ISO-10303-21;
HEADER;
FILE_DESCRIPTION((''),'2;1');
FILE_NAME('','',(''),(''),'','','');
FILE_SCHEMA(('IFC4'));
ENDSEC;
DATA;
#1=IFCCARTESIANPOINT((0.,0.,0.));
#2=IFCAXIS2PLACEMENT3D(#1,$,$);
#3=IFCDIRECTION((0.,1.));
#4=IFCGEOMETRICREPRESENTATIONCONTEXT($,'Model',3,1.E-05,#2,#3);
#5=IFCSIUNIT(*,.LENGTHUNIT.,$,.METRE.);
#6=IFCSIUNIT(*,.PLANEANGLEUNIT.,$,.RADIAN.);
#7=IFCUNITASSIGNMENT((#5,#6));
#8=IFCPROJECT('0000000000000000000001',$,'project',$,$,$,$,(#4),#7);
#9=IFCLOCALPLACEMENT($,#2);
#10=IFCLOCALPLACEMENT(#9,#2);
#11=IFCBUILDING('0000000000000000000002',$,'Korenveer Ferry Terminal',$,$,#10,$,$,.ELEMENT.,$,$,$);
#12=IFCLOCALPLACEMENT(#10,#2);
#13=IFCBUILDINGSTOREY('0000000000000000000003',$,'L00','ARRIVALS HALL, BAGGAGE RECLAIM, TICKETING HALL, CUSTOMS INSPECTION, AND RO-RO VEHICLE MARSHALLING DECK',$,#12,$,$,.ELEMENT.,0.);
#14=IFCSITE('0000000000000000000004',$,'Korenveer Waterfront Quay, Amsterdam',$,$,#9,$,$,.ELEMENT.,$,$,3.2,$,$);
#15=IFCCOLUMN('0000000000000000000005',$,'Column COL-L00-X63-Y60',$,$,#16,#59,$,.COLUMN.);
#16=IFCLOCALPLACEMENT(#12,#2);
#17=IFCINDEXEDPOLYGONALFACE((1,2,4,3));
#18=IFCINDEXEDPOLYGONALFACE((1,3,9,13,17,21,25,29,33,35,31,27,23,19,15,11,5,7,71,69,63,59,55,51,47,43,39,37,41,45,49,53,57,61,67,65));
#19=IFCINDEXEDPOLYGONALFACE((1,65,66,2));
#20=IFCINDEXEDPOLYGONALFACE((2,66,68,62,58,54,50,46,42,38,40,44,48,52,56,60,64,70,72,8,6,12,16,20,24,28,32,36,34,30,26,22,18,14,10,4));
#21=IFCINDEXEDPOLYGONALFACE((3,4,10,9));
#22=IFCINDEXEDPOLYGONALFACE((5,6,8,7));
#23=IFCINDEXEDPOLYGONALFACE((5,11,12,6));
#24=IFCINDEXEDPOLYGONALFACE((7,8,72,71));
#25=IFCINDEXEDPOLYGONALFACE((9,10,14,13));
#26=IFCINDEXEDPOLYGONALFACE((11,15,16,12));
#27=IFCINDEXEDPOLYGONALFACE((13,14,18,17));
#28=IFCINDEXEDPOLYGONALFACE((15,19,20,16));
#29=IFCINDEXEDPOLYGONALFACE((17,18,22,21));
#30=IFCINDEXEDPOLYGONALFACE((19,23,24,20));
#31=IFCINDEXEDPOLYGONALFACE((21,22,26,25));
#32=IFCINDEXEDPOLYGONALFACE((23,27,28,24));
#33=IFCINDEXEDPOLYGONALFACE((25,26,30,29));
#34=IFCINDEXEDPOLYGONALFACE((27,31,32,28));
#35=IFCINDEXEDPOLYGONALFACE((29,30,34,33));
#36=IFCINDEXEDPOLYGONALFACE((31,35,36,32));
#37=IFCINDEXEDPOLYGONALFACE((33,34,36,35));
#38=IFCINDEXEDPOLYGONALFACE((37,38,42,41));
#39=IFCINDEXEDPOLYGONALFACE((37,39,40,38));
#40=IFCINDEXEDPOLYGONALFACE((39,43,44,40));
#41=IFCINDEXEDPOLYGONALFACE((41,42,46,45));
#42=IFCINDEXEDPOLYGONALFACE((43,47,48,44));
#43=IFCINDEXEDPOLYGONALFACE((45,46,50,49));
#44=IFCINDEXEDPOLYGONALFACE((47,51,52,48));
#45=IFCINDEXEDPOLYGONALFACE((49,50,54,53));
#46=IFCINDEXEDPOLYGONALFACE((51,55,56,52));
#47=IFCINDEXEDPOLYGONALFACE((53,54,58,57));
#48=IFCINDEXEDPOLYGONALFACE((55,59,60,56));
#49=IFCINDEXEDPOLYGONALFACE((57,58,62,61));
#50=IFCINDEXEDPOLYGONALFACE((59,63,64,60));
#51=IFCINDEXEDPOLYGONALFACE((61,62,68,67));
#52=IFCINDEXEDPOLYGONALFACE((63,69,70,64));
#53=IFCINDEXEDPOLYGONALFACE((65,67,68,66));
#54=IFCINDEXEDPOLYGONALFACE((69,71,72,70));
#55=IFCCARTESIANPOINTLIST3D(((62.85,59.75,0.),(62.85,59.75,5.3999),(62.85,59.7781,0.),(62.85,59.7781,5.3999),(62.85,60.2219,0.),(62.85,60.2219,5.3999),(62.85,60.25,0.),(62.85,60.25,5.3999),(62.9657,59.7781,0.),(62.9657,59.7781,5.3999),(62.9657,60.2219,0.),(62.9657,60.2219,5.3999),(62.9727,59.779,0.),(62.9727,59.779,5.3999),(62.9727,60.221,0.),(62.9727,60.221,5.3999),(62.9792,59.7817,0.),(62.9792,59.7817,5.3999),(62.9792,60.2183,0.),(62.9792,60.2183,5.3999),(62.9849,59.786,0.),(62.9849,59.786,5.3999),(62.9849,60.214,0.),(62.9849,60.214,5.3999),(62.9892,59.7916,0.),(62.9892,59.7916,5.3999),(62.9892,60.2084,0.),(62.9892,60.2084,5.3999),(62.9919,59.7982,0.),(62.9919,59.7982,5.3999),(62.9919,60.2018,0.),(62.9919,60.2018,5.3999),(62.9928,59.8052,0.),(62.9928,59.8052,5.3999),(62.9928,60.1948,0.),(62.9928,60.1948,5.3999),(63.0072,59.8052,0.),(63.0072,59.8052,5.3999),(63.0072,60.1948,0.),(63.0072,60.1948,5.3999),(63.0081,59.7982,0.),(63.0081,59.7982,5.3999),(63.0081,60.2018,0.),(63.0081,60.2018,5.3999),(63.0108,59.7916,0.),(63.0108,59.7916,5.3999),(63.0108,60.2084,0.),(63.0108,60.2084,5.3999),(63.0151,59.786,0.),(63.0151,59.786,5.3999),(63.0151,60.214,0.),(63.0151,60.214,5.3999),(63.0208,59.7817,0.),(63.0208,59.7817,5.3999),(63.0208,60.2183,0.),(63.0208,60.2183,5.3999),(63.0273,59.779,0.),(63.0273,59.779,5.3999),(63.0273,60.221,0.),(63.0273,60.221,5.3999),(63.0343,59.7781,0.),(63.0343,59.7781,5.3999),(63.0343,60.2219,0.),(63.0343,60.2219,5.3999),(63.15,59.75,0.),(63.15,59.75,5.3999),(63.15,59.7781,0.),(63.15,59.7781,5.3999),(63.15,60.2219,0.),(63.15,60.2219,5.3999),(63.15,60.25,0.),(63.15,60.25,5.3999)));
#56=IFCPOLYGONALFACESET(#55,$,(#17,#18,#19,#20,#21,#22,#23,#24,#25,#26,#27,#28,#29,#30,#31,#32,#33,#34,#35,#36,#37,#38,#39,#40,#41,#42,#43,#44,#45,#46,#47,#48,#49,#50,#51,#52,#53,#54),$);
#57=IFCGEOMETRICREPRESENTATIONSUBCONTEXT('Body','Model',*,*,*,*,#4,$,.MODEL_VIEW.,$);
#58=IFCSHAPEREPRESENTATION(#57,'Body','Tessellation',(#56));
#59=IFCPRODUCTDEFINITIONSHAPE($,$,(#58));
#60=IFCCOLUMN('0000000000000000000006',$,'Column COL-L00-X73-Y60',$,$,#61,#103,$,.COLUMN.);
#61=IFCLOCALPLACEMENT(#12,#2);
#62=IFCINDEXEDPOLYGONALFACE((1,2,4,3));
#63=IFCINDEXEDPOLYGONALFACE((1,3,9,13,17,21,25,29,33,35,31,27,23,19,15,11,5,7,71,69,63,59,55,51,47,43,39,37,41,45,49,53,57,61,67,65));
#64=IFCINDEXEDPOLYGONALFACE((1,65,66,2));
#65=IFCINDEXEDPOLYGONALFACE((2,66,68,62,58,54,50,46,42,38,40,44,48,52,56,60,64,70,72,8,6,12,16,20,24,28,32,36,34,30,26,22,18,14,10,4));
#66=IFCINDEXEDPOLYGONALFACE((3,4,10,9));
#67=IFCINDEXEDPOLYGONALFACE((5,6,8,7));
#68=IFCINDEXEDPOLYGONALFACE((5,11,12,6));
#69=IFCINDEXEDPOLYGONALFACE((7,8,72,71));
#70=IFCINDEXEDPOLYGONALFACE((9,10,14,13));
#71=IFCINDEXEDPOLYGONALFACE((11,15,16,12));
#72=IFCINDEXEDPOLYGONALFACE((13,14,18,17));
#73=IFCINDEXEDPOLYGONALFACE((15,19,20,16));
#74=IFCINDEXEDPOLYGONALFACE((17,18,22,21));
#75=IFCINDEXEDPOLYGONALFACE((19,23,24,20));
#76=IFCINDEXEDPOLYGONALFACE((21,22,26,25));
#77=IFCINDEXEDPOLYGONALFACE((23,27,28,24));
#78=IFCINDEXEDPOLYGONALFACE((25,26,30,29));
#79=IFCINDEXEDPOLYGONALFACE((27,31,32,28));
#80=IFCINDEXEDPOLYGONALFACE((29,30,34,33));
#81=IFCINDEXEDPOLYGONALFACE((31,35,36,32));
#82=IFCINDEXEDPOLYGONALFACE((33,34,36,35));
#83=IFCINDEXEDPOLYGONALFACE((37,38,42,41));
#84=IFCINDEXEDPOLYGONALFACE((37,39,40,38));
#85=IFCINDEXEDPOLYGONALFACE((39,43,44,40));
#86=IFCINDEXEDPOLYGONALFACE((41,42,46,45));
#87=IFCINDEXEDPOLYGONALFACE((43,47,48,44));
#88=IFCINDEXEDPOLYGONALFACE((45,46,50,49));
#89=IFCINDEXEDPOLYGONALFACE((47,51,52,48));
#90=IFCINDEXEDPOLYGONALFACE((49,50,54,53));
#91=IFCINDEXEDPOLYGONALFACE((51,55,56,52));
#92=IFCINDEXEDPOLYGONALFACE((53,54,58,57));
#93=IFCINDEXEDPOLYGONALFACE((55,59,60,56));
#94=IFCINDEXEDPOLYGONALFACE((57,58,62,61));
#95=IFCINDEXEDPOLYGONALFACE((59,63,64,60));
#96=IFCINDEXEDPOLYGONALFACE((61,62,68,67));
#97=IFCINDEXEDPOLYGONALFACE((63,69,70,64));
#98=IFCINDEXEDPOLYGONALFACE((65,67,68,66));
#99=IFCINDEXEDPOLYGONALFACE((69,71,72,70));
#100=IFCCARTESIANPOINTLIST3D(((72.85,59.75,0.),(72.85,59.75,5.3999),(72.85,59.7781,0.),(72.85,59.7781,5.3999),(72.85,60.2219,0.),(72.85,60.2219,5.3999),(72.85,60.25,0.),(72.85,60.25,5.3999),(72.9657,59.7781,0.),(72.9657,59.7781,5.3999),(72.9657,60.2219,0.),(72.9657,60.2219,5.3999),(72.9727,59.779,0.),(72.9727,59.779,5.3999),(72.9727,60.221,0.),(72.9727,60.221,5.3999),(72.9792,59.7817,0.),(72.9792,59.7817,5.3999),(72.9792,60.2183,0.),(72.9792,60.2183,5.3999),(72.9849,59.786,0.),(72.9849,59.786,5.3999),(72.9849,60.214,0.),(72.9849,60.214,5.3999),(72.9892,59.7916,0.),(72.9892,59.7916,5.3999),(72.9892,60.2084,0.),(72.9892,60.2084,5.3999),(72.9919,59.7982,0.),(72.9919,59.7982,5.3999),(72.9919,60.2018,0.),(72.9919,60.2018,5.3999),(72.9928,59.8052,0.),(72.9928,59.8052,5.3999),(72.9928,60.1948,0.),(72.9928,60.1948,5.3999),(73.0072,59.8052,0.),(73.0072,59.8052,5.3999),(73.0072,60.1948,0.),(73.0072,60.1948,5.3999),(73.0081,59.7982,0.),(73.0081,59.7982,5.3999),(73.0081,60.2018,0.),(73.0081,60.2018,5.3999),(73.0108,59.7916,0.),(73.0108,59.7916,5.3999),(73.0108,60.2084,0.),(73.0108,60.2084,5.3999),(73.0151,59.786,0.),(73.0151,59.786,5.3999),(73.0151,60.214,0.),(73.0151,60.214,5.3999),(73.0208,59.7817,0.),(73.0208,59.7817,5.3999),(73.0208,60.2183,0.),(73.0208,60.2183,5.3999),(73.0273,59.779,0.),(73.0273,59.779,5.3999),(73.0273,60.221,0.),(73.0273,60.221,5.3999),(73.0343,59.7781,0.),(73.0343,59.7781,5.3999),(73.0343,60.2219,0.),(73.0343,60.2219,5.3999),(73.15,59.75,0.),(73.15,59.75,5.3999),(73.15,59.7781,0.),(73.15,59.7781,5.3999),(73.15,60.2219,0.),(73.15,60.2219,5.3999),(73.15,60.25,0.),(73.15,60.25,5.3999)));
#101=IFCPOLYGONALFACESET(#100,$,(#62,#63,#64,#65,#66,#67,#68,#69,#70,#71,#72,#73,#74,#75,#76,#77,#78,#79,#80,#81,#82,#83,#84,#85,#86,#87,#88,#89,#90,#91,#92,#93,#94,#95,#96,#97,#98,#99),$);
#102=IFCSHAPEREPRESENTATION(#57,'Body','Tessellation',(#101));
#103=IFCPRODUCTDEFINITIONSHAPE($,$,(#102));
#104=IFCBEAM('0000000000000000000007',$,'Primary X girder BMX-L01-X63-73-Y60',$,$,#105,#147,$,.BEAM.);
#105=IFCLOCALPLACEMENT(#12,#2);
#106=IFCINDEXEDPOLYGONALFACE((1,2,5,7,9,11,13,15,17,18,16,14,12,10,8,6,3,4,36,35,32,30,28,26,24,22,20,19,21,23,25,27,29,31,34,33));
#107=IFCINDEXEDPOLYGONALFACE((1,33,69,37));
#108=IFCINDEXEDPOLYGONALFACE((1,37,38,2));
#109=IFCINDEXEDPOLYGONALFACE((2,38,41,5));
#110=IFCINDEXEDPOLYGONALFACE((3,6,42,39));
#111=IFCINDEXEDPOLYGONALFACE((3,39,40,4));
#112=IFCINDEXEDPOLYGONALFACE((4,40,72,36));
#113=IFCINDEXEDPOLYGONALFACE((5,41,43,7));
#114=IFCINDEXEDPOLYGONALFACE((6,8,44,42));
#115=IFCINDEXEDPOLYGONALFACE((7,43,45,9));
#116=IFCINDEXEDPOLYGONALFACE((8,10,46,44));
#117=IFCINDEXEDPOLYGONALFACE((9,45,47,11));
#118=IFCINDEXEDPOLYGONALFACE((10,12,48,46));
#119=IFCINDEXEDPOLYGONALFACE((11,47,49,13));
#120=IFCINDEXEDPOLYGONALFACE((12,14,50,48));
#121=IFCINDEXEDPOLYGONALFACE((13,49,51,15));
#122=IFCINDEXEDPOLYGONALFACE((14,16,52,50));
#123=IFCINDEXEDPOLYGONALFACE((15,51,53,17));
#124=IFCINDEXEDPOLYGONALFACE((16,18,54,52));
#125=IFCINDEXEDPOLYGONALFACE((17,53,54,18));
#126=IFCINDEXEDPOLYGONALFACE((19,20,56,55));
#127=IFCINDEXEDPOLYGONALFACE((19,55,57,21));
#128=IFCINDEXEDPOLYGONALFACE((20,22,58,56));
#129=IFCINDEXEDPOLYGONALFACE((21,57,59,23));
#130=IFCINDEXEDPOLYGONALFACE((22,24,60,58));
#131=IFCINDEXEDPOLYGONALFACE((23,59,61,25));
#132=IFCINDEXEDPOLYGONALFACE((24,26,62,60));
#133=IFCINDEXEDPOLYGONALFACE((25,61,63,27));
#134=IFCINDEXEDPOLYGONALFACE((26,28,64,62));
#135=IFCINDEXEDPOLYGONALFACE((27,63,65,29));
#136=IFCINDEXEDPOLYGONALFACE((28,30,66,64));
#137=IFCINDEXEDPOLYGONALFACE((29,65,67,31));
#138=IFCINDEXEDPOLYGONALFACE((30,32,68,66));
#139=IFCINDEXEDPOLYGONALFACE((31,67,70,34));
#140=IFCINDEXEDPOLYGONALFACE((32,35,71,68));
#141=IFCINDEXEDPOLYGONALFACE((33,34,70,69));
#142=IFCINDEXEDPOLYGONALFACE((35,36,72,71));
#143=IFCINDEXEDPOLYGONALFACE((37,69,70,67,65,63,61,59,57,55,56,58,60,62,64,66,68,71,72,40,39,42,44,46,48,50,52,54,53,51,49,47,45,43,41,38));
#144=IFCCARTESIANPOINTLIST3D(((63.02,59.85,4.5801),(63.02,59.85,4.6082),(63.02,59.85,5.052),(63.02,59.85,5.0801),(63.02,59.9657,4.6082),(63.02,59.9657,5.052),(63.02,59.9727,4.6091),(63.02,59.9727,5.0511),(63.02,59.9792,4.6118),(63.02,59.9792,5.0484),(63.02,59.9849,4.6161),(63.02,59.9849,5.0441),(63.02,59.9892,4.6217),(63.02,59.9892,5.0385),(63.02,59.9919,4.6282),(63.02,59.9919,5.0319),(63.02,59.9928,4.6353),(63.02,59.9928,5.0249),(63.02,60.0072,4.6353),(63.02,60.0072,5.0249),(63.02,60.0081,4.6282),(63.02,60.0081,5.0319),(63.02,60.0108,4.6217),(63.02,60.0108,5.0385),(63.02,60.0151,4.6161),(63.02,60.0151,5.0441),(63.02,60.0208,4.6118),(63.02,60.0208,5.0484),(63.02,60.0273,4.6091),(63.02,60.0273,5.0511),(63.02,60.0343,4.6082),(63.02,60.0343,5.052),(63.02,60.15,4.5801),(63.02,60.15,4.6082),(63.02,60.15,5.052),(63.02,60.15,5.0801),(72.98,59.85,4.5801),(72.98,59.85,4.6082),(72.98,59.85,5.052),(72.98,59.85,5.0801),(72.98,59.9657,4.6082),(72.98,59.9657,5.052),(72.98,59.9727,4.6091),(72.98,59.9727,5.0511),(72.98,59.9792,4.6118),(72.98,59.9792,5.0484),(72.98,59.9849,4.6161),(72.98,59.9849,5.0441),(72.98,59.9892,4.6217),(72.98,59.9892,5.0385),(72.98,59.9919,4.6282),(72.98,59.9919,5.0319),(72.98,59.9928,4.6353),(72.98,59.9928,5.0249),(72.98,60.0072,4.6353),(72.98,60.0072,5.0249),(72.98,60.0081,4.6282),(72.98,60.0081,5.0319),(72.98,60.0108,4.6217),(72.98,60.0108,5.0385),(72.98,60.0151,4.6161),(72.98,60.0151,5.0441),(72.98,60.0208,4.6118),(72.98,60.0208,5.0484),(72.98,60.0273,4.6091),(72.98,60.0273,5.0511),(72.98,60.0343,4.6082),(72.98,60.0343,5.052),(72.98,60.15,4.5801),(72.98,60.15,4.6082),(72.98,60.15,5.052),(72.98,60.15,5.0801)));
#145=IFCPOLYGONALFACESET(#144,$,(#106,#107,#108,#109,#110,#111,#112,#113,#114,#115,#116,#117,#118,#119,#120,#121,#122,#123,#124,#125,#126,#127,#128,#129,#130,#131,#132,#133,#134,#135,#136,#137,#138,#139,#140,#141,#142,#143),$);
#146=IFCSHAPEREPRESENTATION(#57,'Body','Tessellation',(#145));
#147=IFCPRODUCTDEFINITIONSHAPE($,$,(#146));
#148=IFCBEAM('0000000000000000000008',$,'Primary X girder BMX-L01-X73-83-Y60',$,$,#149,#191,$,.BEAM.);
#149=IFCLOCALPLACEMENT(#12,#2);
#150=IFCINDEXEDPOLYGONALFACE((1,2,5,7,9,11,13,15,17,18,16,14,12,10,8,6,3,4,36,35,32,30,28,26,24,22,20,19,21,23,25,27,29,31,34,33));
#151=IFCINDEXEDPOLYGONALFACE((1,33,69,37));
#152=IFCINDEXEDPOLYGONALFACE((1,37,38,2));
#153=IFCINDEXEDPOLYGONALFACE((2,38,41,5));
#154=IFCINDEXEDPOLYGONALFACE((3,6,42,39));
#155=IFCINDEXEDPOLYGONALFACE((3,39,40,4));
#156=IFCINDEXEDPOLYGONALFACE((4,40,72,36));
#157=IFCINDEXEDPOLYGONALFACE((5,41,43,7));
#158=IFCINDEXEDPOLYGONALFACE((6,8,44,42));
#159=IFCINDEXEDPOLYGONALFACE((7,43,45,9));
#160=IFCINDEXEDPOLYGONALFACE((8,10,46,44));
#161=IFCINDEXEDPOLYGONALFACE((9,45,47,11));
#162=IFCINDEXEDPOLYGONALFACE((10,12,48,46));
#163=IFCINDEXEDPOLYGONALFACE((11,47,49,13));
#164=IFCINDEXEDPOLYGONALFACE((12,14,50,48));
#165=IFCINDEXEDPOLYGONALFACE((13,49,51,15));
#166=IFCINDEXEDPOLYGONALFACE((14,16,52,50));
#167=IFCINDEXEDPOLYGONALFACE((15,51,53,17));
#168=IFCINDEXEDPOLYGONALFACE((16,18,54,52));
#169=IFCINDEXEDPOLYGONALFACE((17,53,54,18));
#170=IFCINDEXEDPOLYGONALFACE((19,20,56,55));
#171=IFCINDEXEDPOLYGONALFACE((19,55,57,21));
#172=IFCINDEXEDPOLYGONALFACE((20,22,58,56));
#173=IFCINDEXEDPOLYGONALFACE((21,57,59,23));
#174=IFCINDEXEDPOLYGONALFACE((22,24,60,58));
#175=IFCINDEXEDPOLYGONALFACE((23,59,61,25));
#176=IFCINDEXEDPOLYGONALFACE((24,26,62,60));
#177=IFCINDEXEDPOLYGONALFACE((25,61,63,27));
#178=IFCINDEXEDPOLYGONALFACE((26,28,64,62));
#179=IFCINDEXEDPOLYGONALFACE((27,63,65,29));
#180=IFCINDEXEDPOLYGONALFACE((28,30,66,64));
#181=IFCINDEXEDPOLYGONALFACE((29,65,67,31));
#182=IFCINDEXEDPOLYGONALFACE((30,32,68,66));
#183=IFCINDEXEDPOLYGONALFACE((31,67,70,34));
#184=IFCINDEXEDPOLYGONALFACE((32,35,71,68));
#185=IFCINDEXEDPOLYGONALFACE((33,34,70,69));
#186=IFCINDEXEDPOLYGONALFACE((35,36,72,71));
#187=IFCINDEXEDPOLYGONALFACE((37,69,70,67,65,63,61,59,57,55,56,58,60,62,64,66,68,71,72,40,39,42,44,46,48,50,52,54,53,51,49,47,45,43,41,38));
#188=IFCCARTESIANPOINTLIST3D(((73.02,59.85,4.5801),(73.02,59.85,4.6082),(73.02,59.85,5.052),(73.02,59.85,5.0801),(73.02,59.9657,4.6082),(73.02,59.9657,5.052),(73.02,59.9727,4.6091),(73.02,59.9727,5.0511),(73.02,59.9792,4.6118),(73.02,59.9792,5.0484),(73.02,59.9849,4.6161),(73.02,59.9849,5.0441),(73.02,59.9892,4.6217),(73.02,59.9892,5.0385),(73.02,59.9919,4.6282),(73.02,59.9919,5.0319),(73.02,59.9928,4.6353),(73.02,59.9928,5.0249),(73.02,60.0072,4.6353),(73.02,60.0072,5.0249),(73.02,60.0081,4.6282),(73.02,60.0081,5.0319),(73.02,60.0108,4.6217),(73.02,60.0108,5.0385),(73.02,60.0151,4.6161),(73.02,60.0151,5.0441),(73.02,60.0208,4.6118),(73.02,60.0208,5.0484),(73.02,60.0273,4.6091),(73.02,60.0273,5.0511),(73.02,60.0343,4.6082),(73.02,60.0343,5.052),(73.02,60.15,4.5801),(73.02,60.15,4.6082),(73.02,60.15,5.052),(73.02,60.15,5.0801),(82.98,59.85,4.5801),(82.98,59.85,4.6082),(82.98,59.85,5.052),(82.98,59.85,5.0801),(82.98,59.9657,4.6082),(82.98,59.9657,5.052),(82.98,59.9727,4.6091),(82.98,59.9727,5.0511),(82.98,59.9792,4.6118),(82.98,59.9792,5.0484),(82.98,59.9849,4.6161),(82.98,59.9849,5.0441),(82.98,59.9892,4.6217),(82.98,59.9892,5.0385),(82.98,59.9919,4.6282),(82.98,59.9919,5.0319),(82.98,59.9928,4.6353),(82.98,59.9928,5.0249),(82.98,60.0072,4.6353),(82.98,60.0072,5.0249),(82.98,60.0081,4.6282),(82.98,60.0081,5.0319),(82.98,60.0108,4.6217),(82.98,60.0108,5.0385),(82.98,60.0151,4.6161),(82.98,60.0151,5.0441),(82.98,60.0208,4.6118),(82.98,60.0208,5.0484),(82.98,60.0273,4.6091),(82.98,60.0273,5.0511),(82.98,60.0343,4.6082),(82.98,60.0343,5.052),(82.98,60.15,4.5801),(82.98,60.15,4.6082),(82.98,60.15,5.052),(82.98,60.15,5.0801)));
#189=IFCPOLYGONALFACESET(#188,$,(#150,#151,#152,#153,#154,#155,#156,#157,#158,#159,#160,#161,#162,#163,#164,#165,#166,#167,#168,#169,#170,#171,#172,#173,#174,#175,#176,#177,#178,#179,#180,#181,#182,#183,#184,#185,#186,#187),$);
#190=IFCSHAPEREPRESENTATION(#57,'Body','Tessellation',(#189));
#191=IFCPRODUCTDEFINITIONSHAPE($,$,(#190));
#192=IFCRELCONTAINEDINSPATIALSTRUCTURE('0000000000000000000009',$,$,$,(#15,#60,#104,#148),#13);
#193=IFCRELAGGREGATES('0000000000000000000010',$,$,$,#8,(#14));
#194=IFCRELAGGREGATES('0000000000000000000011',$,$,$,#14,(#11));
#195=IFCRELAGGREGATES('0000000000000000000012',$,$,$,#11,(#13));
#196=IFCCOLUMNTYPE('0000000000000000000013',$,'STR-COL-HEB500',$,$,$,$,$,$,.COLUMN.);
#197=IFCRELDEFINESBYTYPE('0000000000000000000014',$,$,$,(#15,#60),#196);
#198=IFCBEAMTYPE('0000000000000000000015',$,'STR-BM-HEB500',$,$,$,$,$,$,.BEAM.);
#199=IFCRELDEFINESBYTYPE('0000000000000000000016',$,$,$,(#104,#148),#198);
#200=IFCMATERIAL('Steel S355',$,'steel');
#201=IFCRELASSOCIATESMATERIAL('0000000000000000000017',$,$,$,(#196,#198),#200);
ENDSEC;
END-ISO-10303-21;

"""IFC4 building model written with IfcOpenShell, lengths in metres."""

from ifc_helpers import new_model, si_unit, direction, frame, origin, origin_2d, place, context, subcontext, project, spatial, i_section, extrude, material, material_profile, profile_set, type_object, element, save


model = new_model("IFC4")

# Units and contexts
model_context = context("Model", 3, precision=1e-05, world=origin(), true_north=direction((0.0, 1.0)))
body_context = subcontext(model_context, "Body", "Model", "MODEL_VIEW")
ifc_project = project(units=[si_unit("LENGTHUNIT", "METRE"), si_unit("PLANEANGLEUNIT", "RADIAN")], contexts=[model_context])

# Site, building, storey
site_placement = place(None, origin())
site = spatial("IfcSite", under=ifc_project, at=site_placement, Name="Korenveer Waterfront Quay, Amsterdam", CompositionType="ELEMENT", RefElevation=3.2)
building_placement = place(site_placement, origin())
building = spatial("IfcBuilding", under=site, at=building_placement, Name="Korenveer Ferry Terminal", CompositionType="ELEMENT")
storey_placement = place(building_placement, origin())
storey = spatial("IfcBuildingStorey", under=building, at=storey_placement, Name="L00", Description="ARRIVALS HALL, BAGGAGE RECLAIM, TICKETING HALL, CUSTOMS INSPECTION, AND RO-RO VEHICLE MARSHALLING DECK", CompositionType="ELEMENT", Elevation=0.0)

# Columns
ifc_material_1 = material(Name="Steel S355", Category="steel")
ifc_material_profile_1 = material_profile(ifc_material_1, i_section(OverallWidth=0.3, OverallDepth=0.5, WebThickness=0.0144, FlangeThickness=0.0281, FilletRadius=0.0271, at=origin_2d()), Name="HEB 500")
ifc_profile_set_1 = profile_set([ifc_material_profile_1], Name="Steel S355")
column_type = type_object("IfcColumnType", Name="STR-COL-HEB500", PredefinedType="COLUMN", material=ifc_profile_set_1)
for number, where, z_axis, x_axis, name in (
    (1, (63.0, 60.0, 0.0), (0.0, 0.0, 1.0), (1.0, 0.0, 0.0), "Column COL-L00-X63-Y60"),
    (2, (73.0, 60.0, 0.0), (0.0, 0.0, 1.0), (1.0, 0.0, 0.0), "Column COL-L00-X73-Y60"),
):
    element("IfcColumn", number, at=place(storey_placement, frame(where, z_axis=z_axis, x_axis=x_axis)), inside=storey, type_object=column_type, Name=name, PredefinedType="COLUMN", context=body_context, shape_type="SweptSolid", body=[
        extrude(i_section(OverallWidth=0.3, OverallDepth=0.5, WebThickness=0.0144, FlangeThickness=0.0281, FilletRadius=0.0271, at=origin_2d()), origin(), (0.0, 0.0, 1.0), 5.3999),
    ])

# Beams
ifc_material_profile_2 = material_profile(ifc_material_1, i_section(OverallWidth=0.3, OverallDepth=0.5, WebThickness=0.0144, FlangeThickness=0.0281, FilletRadius=0.0271, at=origin_2d()), Name="HEB 500")
ifc_profile_set_2 = profile_set([ifc_material_profile_2], Name="Steel S355")
beam_type_1 = type_object("IfcBeamType", Name="STR-BM-HEB500", PredefinedType="BEAM", material=ifc_profile_set_2)
for number, where, z_axis, x_axis, name in (
    (3, (63.02, 60.0, 4.8301), (1.0, 0.0, 0.0), (0.0, 1.0, 0.0), "Primary X girder BMX-L01-X63-73-Y60"),
    (4, (73.02, 60.0, 4.8301), (1.0, 0.0, 0.0), (0.0, 1.0, 0.0), "Primary X girder BMX-L01-X73-83-Y60"),
):
    element("IfcBeam", number, at=place(storey_placement, frame(where, z_axis=z_axis, x_axis=x_axis)), inside=storey, type_object=beam_type_1, Name=name, PredefinedType="BEAM", context=body_context, shape_type="SweptSolid", body=[
        extrude(i_section(OverallWidth=0.3, OverallDepth=0.5, WebThickness=0.0144, FlangeThickness=0.0281, FilletRadius=0.0271, at=origin_2d()), origin(), (0.0, 0.0, 1.0), 9.96),
    ])

save(model, "model.ifc")
